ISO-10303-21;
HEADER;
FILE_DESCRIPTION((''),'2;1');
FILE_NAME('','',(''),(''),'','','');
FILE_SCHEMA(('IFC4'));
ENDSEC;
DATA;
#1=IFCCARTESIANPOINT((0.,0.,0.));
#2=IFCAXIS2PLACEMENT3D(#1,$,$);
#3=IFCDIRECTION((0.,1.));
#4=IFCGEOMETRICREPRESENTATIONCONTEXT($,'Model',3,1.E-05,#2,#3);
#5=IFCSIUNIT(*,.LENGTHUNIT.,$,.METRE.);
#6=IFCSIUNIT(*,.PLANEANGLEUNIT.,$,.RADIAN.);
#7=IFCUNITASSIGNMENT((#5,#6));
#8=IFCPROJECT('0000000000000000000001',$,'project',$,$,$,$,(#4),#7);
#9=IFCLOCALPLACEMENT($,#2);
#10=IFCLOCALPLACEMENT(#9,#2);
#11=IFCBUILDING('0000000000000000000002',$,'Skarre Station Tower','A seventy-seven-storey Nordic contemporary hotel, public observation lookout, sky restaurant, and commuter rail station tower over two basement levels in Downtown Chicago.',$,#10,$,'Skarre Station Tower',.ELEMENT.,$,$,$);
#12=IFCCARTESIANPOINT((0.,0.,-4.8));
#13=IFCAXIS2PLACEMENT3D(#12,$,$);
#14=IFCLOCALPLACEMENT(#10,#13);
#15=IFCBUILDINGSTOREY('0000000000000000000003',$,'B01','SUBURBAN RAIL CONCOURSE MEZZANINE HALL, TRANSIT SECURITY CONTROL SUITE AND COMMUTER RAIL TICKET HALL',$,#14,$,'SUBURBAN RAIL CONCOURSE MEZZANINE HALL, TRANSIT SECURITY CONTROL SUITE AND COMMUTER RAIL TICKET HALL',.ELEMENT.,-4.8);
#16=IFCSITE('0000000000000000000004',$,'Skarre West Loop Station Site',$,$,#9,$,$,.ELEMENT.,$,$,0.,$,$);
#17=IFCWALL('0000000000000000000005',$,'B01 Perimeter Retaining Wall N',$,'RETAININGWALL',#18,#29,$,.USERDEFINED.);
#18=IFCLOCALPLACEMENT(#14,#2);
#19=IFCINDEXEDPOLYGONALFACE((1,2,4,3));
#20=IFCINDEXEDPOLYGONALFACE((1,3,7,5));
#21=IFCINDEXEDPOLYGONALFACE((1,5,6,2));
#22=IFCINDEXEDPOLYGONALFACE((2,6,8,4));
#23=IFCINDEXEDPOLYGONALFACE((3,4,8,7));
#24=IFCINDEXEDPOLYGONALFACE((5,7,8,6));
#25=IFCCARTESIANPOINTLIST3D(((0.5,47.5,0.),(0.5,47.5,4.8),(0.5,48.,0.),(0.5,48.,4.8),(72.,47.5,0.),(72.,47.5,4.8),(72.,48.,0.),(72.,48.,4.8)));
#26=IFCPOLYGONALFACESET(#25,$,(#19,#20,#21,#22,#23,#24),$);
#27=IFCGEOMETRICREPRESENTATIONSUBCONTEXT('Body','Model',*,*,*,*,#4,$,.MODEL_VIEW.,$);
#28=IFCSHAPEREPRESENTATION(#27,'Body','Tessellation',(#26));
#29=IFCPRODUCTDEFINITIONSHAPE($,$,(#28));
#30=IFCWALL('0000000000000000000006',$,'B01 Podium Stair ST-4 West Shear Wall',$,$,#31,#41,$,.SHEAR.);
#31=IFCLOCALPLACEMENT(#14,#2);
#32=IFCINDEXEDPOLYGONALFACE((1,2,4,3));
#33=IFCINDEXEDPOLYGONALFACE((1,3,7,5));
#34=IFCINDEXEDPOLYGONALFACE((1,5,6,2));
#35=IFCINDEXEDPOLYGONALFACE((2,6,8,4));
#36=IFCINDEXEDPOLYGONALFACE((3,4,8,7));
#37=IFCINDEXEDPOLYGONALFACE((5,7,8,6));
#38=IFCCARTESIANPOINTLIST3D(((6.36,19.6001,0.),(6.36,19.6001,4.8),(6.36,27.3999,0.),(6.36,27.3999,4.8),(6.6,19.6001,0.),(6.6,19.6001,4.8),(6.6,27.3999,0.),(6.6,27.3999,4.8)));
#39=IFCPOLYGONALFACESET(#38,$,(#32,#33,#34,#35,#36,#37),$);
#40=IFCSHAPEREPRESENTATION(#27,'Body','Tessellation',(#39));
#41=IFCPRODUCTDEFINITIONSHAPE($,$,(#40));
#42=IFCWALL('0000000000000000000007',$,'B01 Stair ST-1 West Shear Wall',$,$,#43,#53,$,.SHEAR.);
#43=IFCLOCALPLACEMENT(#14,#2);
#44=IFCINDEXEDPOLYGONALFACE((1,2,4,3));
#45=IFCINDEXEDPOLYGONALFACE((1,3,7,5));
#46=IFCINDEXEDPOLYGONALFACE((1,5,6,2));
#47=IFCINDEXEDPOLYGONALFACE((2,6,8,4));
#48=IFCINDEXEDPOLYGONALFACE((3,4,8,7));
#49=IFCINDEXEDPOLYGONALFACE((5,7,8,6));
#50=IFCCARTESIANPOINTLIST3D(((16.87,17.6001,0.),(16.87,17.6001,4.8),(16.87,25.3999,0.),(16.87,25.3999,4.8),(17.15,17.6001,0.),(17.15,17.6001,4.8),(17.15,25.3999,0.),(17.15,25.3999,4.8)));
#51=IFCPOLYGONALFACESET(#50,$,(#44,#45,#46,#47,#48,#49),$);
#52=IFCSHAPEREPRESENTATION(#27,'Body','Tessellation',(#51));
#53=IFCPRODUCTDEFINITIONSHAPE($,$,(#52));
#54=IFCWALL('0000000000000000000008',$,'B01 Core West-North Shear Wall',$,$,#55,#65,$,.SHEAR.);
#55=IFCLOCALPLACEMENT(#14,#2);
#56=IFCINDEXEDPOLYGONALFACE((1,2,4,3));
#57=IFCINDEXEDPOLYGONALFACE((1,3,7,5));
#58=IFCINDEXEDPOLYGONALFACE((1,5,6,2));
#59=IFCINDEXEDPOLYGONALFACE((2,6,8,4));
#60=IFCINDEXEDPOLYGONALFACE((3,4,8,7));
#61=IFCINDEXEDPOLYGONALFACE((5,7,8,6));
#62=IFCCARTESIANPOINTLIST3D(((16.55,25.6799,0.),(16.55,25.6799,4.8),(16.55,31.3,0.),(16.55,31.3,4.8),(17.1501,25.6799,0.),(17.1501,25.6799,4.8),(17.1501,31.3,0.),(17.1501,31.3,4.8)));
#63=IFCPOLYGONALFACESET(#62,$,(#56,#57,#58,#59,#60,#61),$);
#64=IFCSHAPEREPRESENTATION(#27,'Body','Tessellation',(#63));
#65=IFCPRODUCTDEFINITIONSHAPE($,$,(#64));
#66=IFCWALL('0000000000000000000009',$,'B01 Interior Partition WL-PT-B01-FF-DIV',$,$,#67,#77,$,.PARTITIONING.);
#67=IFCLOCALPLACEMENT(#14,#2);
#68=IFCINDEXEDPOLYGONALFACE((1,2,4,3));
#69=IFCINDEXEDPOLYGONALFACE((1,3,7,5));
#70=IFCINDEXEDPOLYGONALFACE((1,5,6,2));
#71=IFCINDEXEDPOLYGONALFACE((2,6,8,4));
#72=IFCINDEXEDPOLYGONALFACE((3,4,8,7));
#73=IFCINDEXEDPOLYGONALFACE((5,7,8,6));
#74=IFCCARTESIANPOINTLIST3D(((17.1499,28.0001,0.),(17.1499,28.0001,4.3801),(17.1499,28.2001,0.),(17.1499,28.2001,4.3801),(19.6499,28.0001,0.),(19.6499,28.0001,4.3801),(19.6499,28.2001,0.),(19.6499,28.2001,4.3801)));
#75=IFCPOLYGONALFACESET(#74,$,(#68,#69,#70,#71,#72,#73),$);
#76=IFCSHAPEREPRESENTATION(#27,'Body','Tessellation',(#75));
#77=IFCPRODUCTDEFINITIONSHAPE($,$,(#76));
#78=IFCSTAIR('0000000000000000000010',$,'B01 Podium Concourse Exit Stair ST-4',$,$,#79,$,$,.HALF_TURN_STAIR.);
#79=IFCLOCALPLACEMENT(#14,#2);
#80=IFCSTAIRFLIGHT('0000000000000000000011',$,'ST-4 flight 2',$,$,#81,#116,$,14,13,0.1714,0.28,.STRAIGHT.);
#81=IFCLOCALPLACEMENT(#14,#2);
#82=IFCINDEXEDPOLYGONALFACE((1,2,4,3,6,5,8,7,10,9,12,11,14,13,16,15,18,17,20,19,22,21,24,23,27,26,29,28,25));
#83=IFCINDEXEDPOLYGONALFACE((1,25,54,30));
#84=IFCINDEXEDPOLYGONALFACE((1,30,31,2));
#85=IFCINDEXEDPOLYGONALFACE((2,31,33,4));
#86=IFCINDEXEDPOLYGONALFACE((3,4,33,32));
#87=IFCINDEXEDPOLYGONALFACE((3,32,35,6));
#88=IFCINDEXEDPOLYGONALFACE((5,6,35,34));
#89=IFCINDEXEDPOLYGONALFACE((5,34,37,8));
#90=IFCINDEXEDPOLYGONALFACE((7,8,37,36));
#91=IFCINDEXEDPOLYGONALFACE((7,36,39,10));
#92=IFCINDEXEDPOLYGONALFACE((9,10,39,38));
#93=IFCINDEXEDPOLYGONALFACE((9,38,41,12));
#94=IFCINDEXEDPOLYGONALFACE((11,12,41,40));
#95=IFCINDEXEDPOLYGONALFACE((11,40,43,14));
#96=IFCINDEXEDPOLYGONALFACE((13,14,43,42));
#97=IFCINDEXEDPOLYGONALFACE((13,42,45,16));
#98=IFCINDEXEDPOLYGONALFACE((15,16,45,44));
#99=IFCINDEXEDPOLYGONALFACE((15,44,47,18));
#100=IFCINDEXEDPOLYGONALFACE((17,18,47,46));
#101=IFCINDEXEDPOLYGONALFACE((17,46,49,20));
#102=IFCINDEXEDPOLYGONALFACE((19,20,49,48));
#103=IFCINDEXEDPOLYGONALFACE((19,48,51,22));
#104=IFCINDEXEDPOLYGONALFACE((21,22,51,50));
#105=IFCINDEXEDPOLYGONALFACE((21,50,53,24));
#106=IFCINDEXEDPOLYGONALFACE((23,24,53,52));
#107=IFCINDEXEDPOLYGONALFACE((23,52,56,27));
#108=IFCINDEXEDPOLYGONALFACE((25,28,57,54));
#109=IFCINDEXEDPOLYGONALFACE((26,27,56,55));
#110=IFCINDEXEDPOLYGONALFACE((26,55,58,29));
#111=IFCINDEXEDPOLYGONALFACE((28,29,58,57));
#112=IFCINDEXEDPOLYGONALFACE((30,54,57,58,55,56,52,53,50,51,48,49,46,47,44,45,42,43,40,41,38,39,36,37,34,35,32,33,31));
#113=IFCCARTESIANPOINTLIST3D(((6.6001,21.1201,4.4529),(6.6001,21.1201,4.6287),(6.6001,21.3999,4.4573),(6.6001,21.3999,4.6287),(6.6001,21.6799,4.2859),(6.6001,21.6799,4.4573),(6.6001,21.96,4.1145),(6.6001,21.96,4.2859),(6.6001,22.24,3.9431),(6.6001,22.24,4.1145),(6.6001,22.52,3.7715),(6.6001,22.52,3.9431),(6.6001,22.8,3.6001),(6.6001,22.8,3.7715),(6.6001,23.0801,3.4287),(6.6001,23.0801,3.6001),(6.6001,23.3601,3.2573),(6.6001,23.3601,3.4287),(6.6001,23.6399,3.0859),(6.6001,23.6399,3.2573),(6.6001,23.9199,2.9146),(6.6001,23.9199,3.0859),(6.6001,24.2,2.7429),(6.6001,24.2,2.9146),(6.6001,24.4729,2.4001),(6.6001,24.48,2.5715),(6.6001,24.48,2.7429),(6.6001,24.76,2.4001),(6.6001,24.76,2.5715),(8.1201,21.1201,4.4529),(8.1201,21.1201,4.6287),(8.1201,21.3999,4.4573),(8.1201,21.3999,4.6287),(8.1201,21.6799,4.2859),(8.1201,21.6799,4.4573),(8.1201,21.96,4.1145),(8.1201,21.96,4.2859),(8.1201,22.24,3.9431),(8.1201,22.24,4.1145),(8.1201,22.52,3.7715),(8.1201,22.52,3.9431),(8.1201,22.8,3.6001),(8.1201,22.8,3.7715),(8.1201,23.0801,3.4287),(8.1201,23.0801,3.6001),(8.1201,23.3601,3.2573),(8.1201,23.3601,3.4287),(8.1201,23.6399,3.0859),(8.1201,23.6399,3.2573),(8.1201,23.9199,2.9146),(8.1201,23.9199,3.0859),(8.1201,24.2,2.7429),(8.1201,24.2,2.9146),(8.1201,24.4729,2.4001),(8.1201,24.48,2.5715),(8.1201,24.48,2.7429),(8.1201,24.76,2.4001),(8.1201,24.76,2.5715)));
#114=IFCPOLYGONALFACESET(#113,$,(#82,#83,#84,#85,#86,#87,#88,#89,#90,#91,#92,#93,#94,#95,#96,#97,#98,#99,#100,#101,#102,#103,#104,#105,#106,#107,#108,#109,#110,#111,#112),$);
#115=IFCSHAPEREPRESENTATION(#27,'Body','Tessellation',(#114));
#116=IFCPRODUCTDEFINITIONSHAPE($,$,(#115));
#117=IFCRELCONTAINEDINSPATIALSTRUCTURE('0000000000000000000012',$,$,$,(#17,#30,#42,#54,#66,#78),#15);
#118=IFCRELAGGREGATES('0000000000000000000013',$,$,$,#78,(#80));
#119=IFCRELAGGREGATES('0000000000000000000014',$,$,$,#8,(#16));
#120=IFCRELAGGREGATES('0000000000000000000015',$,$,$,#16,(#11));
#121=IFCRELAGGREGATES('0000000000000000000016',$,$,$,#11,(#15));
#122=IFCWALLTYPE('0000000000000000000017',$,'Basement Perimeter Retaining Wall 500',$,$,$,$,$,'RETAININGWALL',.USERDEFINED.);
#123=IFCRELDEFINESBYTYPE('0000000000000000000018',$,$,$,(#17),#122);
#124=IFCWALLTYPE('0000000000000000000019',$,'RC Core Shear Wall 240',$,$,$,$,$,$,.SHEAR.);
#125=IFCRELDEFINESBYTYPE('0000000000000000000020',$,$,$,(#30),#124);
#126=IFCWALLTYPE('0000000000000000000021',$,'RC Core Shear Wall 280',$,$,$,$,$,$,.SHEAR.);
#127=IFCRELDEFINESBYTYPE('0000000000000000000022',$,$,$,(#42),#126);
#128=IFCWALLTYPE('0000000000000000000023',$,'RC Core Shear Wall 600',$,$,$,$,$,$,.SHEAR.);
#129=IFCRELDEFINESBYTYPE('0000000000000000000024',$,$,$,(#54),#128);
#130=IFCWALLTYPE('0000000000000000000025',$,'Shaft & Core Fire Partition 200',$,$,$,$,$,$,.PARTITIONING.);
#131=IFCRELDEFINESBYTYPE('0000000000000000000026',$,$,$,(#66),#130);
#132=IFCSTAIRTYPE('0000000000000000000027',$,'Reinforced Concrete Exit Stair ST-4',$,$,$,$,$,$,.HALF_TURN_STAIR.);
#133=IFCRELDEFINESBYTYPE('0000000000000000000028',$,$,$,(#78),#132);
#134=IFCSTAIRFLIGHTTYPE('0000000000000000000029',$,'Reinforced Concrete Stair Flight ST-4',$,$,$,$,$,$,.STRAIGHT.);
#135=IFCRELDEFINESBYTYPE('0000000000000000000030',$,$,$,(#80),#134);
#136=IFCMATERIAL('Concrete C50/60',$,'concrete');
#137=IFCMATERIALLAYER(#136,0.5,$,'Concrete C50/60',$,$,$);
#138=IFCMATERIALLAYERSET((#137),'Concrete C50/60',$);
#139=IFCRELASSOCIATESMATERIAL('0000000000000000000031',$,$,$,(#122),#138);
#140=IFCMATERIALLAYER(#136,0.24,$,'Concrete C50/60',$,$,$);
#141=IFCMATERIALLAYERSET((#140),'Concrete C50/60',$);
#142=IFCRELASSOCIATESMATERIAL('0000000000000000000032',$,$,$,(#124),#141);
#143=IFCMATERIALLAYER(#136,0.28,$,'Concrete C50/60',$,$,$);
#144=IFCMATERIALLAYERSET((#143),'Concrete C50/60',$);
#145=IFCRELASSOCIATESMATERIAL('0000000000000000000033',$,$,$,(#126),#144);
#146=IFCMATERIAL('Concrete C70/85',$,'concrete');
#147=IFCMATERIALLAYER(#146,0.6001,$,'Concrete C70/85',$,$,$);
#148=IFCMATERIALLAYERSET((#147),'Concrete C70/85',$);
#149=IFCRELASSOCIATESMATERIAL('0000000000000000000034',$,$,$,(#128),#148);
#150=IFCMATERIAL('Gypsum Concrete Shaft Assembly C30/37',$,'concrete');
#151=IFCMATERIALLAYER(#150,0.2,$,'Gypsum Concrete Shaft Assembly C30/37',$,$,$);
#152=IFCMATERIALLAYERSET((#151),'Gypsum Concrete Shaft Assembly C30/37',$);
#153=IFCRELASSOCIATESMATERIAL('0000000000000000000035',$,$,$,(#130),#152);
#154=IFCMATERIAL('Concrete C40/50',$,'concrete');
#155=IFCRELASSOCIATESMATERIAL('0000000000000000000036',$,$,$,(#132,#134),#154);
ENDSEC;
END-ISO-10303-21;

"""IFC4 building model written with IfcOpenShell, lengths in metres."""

from ifc_helpers import new_model, si_unit, direction, frame, frame_2d, origin, place, context, subcontext, project, spatial, polyline, rectangle, outline, extrude, material, layer, layer_set, type_object, element, aggregate, save


model = new_model("IFC4")

# Units and contexts
model_context = context("Model", 3, precision=1e-05, world=origin(), true_north=direction((0.0, 1.0)))
body_context = subcontext(model_context, "Body", "Model", "MODEL_VIEW")
ifc_project = project(units=[si_unit("LENGTHUNIT", "METRE"), si_unit("PLANEANGLEUNIT", "RADIAN")], contexts=[model_context])

# Site, building, storey
site_placement = place(None, origin())
site = spatial("IfcSite", under=ifc_project, at=site_placement, Name="Skarre West Loop Station Site", CompositionType="ELEMENT", RefElevation=0.0)
building_placement = place(site_placement, origin())
building = spatial("IfcBuilding", under=site, at=building_placement, Name="Skarre Station Tower", Description="A seventy-seven-storey Nordic contemporary hotel, public observation lookout, sky restaurant, and commuter rail station tower over two basement levels in Downtown Chicago.", LongName="Skarre Station Tower", CompositionType="ELEMENT")
storey_placement = place(building_placement, frame((0.0, 0.0, -4.8)))
storey = spatial("IfcBuildingStorey", under=building, at=storey_placement, Name="B01", Description="SUBURBAN RAIL CONCOURSE MEZZANINE HALL, TRANSIT SECURITY CONTROL SUITE AND COMMUTER RAIL TICKET HALL", LongName="SUBURBAN RAIL CONCOURSE MEZZANINE HALL, TRANSIT SECURITY CONTROL SUITE AND COMMUTER RAIL TICKET HALL", CompositionType="ELEMENT", Elevation=-4.8)

# Shared definitions
ifc_material_1 = material(Name="Concrete C70/85", Category="concrete")

# Walls
ifc_material_2 = material(Name="Concrete C50/60", Category="concrete")
ifc_layer_1 = layer(ifc_material_2, 0.5, Name="Concrete C50/60")
ifc_layer_set_1 = layer_set([ifc_layer_1], Name="Concrete C50/60")
wall_type_1 = type_object("IfcWallType", Name="Basement Perimeter Retaining Wall 500", ElementType="RETAININGWALL", PredefinedType="USERDEFINED", material=ifc_layer_set_1)
wall_1_placement = place(storey_placement, frame((0.5, 47.75, 0.0), z_axis=(0.0, 0.0, 1.0), x_axis=(1.0, 0.0, 0.0)))
element("IfcWall", 1, at=wall_1_placement, inside=storey, type_object=wall_type_1, Name="B01 Perimeter Retaining Wall N", ObjectType="RETAININGWALL", PredefinedType="USERDEFINED", context=body_context, shape_type="SweptSolid", body=[
    extrude(rectangle(XDim=71.5, YDim=0.5, at=frame_2d((35.75, 0.0))), origin(), (0.0, 0.0, 1.0), 4.8),
])
ifc_layer_2 = layer(ifc_material_2, 0.24, Name="Concrete C50/60")
ifc_layer_set_2 = layer_set([ifc_layer_2], Name="Concrete C50/60")
wall_type_2 = type_object("IfcWallType", Name="RC Core Shear Wall 240", PredefinedType="SHEAR", material=ifc_layer_set_2)
wall_2_placement = place(storey_placement, frame((6.48, 27.3999, 0.0), z_axis=(0.0, 0.0, 1.0), x_axis=(0.0, -1.0, 0.0)))
element("IfcWall", 2, at=wall_2_placement, inside=storey, type_object=wall_type_2, Name="B01 Podium Stair ST-4 West Shear Wall", PredefinedType="SHEAR", context=body_context, shape_type="SweptSolid", body=[
    extrude(rectangle(XDim=7.7998, YDim=0.24, at=frame_2d((3.8999, 0.0))), origin(), (0.0, 0.0, 1.0), 4.8),
])
ifc_layer_3 = layer(ifc_material_2, 0.28, Name="Concrete C50/60")
ifc_layer_set_3 = layer_set([ifc_layer_3], Name="Concrete C50/60")
wall_type_3 = type_object("IfcWallType", Name="RC Core Shear Wall 280", PredefinedType="SHEAR", material=ifc_layer_set_3)
wall_3_placement = place(storey_placement, frame((17.01, 25.3999, 0.0), z_axis=(0.0, 0.0, 1.0), x_axis=(0.0, -1.0, 0.0)))
element("IfcWall", 3, at=wall_3_placement, inside=storey, type_object=wall_type_3, Name="B01 Stair ST-1 West Shear Wall", PredefinedType="SHEAR", context=body_context, shape_type="SweptSolid", body=[
    extrude(rectangle(XDim=7.7998, YDim=0.28, at=frame_2d((3.8999, 0.0))), origin(), (0.0, 0.0, 1.0), 4.8),
])
ifc_layer_4 = layer(ifc_material_1, 0.6001, Name="Concrete C70/85")
ifc_layer_set_4 = layer_set([ifc_layer_4], Name="Concrete C70/85")
wall_type_4 = type_object("IfcWallType", Name="RC Core Shear Wall 600", PredefinedType="SHEAR", material=ifc_layer_set_4)
wall_4_placement = place(storey_placement, frame((16.8501, 25.6799, 0.0), z_axis=(0.0, 0.0, 1.0), x_axis=(0.0, 1.0, 0.0)))
element("IfcWall", 4, at=wall_4_placement, inside=storey, type_object=wall_type_4, Name="B01 Core West-North Shear Wall", PredefinedType="SHEAR", context=body_context, shape_type="SweptSolid", body=[
    extrude(rectangle(XDim=5.6201, YDim=0.6001, at=frame_2d((2.8101, 0.0))), origin(), (0.0, 0.0, 1.0), 4.8),
])
ifc_material_3 = material(Name="Gypsum Concrete Shaft Assembly C30/37", Category="concrete")
ifc_layer_5 = layer(ifc_material_3, 0.2, Name="Gypsum Concrete Shaft Assembly C30/37")
ifc_layer_set_5 = layer_set([ifc_layer_5], Name="Gypsum Concrete Shaft Assembly C30/37")
wall_type_5 = type_object("IfcWallType", Name="Shaft & Core Fire Partition 200", PredefinedType="PARTITIONING", material=ifc_layer_set_5)
wall_5_placement = place(storey_placement, frame((17.1499, 28.1001, 0.0), z_axis=(0.0, 0.0, 1.0), x_axis=(1.0, 0.0, 0.0)))
element("IfcWall", 5, at=wall_5_placement, inside=storey, type_object=wall_type_5, Name="B01 Interior Partition WL-PT-B01-FF-DIV", PredefinedType="PARTITIONING", context=body_context, shape_type="SweptSolid", body=[
    extrude(rectangle(XDim=2.5, YDim=0.2, at=frame_2d((1.25, 0.0))), origin(), (0.0, 0.0, 1.0), 4.3801),
])

# Stair, stair flight
ifc_material_4 = material(Name="Concrete C40/50", Category="concrete")
stair_type = type_object("IfcStairType", Name="Reinforced Concrete Exit Stair ST-4", PredefinedType="HALF_TURN_STAIR", material=ifc_material_4)
stair_placement = place(storey_placement, origin())
stair = element("IfcStair", 6, at=stair_placement, inside=storey, type_object=stair_type, Name="B01 Podium Concourse Exit Stair ST-4", PredefinedType="HALF_TURN_STAIR")
stair_flight_type = type_object("IfcStairFlightType", Name="Reinforced Concrete Stair Flight ST-4", PredefinedType="STRAIGHT", material=ifc_material_4)
stair_flight_placement = place(storey_placement, frame((7.3601, 24.76, 2.4001), z_axis=(0.0, 0.0, 1.0), x_axis=(0.0, -1.0, 0.0)))
stair_flight = element("IfcStairFlight", 7, at=stair_flight_placement, type_object=stair_flight_type, Name="ST-4 flight 2", NumberOfRisers=14, NumberOfTreads=13, PredefinedType="STRAIGHT", RiserHeight=0.1714, TreadLength=0.28, context=body_context, shape_type="SweptSolid", body=[
    extrude(outline(polyline([(0.0, 0.0), (0.0, 0.1714), (0.28, 0.1714), (0.28, 0.3428), (0.5601, 0.3428), (0.5601, 0.5144), (0.8401, 0.5144), (0.8401, 0.6858), (1.1201, 0.6858), (1.1201, 0.8572), (1.3999, 0.8572), (1.3999, 1.0286), (1.6799, 1.0286), (1.6799, 1.2), (1.96, 1.2), (1.96, 1.3713), (2.24, 1.3713), (2.24, 1.543), (2.52, 1.543), (2.52, 1.7144), (2.8, 1.7144), (2.8, 1.8857), (3.0801, 1.8857), (3.0801, 2.0571), (3.3601, 2.0571), (3.3601, 2.2285), (3.6399, 2.2285), (3.6399, 2.3999), (3.6399, 2.0527), (0.2871, 0.0), (0.0, 0.0)])), frame((0.0, 0.76, 0.0), z_axis=(0.0, -1.0, 0.0), x_axis=(1.0, 0.0, 0.0)), (0.0, 0.0, 1.0), 1.52),
])
aggregate(stair, [stair_flight])

save(model, "model.ifc")
